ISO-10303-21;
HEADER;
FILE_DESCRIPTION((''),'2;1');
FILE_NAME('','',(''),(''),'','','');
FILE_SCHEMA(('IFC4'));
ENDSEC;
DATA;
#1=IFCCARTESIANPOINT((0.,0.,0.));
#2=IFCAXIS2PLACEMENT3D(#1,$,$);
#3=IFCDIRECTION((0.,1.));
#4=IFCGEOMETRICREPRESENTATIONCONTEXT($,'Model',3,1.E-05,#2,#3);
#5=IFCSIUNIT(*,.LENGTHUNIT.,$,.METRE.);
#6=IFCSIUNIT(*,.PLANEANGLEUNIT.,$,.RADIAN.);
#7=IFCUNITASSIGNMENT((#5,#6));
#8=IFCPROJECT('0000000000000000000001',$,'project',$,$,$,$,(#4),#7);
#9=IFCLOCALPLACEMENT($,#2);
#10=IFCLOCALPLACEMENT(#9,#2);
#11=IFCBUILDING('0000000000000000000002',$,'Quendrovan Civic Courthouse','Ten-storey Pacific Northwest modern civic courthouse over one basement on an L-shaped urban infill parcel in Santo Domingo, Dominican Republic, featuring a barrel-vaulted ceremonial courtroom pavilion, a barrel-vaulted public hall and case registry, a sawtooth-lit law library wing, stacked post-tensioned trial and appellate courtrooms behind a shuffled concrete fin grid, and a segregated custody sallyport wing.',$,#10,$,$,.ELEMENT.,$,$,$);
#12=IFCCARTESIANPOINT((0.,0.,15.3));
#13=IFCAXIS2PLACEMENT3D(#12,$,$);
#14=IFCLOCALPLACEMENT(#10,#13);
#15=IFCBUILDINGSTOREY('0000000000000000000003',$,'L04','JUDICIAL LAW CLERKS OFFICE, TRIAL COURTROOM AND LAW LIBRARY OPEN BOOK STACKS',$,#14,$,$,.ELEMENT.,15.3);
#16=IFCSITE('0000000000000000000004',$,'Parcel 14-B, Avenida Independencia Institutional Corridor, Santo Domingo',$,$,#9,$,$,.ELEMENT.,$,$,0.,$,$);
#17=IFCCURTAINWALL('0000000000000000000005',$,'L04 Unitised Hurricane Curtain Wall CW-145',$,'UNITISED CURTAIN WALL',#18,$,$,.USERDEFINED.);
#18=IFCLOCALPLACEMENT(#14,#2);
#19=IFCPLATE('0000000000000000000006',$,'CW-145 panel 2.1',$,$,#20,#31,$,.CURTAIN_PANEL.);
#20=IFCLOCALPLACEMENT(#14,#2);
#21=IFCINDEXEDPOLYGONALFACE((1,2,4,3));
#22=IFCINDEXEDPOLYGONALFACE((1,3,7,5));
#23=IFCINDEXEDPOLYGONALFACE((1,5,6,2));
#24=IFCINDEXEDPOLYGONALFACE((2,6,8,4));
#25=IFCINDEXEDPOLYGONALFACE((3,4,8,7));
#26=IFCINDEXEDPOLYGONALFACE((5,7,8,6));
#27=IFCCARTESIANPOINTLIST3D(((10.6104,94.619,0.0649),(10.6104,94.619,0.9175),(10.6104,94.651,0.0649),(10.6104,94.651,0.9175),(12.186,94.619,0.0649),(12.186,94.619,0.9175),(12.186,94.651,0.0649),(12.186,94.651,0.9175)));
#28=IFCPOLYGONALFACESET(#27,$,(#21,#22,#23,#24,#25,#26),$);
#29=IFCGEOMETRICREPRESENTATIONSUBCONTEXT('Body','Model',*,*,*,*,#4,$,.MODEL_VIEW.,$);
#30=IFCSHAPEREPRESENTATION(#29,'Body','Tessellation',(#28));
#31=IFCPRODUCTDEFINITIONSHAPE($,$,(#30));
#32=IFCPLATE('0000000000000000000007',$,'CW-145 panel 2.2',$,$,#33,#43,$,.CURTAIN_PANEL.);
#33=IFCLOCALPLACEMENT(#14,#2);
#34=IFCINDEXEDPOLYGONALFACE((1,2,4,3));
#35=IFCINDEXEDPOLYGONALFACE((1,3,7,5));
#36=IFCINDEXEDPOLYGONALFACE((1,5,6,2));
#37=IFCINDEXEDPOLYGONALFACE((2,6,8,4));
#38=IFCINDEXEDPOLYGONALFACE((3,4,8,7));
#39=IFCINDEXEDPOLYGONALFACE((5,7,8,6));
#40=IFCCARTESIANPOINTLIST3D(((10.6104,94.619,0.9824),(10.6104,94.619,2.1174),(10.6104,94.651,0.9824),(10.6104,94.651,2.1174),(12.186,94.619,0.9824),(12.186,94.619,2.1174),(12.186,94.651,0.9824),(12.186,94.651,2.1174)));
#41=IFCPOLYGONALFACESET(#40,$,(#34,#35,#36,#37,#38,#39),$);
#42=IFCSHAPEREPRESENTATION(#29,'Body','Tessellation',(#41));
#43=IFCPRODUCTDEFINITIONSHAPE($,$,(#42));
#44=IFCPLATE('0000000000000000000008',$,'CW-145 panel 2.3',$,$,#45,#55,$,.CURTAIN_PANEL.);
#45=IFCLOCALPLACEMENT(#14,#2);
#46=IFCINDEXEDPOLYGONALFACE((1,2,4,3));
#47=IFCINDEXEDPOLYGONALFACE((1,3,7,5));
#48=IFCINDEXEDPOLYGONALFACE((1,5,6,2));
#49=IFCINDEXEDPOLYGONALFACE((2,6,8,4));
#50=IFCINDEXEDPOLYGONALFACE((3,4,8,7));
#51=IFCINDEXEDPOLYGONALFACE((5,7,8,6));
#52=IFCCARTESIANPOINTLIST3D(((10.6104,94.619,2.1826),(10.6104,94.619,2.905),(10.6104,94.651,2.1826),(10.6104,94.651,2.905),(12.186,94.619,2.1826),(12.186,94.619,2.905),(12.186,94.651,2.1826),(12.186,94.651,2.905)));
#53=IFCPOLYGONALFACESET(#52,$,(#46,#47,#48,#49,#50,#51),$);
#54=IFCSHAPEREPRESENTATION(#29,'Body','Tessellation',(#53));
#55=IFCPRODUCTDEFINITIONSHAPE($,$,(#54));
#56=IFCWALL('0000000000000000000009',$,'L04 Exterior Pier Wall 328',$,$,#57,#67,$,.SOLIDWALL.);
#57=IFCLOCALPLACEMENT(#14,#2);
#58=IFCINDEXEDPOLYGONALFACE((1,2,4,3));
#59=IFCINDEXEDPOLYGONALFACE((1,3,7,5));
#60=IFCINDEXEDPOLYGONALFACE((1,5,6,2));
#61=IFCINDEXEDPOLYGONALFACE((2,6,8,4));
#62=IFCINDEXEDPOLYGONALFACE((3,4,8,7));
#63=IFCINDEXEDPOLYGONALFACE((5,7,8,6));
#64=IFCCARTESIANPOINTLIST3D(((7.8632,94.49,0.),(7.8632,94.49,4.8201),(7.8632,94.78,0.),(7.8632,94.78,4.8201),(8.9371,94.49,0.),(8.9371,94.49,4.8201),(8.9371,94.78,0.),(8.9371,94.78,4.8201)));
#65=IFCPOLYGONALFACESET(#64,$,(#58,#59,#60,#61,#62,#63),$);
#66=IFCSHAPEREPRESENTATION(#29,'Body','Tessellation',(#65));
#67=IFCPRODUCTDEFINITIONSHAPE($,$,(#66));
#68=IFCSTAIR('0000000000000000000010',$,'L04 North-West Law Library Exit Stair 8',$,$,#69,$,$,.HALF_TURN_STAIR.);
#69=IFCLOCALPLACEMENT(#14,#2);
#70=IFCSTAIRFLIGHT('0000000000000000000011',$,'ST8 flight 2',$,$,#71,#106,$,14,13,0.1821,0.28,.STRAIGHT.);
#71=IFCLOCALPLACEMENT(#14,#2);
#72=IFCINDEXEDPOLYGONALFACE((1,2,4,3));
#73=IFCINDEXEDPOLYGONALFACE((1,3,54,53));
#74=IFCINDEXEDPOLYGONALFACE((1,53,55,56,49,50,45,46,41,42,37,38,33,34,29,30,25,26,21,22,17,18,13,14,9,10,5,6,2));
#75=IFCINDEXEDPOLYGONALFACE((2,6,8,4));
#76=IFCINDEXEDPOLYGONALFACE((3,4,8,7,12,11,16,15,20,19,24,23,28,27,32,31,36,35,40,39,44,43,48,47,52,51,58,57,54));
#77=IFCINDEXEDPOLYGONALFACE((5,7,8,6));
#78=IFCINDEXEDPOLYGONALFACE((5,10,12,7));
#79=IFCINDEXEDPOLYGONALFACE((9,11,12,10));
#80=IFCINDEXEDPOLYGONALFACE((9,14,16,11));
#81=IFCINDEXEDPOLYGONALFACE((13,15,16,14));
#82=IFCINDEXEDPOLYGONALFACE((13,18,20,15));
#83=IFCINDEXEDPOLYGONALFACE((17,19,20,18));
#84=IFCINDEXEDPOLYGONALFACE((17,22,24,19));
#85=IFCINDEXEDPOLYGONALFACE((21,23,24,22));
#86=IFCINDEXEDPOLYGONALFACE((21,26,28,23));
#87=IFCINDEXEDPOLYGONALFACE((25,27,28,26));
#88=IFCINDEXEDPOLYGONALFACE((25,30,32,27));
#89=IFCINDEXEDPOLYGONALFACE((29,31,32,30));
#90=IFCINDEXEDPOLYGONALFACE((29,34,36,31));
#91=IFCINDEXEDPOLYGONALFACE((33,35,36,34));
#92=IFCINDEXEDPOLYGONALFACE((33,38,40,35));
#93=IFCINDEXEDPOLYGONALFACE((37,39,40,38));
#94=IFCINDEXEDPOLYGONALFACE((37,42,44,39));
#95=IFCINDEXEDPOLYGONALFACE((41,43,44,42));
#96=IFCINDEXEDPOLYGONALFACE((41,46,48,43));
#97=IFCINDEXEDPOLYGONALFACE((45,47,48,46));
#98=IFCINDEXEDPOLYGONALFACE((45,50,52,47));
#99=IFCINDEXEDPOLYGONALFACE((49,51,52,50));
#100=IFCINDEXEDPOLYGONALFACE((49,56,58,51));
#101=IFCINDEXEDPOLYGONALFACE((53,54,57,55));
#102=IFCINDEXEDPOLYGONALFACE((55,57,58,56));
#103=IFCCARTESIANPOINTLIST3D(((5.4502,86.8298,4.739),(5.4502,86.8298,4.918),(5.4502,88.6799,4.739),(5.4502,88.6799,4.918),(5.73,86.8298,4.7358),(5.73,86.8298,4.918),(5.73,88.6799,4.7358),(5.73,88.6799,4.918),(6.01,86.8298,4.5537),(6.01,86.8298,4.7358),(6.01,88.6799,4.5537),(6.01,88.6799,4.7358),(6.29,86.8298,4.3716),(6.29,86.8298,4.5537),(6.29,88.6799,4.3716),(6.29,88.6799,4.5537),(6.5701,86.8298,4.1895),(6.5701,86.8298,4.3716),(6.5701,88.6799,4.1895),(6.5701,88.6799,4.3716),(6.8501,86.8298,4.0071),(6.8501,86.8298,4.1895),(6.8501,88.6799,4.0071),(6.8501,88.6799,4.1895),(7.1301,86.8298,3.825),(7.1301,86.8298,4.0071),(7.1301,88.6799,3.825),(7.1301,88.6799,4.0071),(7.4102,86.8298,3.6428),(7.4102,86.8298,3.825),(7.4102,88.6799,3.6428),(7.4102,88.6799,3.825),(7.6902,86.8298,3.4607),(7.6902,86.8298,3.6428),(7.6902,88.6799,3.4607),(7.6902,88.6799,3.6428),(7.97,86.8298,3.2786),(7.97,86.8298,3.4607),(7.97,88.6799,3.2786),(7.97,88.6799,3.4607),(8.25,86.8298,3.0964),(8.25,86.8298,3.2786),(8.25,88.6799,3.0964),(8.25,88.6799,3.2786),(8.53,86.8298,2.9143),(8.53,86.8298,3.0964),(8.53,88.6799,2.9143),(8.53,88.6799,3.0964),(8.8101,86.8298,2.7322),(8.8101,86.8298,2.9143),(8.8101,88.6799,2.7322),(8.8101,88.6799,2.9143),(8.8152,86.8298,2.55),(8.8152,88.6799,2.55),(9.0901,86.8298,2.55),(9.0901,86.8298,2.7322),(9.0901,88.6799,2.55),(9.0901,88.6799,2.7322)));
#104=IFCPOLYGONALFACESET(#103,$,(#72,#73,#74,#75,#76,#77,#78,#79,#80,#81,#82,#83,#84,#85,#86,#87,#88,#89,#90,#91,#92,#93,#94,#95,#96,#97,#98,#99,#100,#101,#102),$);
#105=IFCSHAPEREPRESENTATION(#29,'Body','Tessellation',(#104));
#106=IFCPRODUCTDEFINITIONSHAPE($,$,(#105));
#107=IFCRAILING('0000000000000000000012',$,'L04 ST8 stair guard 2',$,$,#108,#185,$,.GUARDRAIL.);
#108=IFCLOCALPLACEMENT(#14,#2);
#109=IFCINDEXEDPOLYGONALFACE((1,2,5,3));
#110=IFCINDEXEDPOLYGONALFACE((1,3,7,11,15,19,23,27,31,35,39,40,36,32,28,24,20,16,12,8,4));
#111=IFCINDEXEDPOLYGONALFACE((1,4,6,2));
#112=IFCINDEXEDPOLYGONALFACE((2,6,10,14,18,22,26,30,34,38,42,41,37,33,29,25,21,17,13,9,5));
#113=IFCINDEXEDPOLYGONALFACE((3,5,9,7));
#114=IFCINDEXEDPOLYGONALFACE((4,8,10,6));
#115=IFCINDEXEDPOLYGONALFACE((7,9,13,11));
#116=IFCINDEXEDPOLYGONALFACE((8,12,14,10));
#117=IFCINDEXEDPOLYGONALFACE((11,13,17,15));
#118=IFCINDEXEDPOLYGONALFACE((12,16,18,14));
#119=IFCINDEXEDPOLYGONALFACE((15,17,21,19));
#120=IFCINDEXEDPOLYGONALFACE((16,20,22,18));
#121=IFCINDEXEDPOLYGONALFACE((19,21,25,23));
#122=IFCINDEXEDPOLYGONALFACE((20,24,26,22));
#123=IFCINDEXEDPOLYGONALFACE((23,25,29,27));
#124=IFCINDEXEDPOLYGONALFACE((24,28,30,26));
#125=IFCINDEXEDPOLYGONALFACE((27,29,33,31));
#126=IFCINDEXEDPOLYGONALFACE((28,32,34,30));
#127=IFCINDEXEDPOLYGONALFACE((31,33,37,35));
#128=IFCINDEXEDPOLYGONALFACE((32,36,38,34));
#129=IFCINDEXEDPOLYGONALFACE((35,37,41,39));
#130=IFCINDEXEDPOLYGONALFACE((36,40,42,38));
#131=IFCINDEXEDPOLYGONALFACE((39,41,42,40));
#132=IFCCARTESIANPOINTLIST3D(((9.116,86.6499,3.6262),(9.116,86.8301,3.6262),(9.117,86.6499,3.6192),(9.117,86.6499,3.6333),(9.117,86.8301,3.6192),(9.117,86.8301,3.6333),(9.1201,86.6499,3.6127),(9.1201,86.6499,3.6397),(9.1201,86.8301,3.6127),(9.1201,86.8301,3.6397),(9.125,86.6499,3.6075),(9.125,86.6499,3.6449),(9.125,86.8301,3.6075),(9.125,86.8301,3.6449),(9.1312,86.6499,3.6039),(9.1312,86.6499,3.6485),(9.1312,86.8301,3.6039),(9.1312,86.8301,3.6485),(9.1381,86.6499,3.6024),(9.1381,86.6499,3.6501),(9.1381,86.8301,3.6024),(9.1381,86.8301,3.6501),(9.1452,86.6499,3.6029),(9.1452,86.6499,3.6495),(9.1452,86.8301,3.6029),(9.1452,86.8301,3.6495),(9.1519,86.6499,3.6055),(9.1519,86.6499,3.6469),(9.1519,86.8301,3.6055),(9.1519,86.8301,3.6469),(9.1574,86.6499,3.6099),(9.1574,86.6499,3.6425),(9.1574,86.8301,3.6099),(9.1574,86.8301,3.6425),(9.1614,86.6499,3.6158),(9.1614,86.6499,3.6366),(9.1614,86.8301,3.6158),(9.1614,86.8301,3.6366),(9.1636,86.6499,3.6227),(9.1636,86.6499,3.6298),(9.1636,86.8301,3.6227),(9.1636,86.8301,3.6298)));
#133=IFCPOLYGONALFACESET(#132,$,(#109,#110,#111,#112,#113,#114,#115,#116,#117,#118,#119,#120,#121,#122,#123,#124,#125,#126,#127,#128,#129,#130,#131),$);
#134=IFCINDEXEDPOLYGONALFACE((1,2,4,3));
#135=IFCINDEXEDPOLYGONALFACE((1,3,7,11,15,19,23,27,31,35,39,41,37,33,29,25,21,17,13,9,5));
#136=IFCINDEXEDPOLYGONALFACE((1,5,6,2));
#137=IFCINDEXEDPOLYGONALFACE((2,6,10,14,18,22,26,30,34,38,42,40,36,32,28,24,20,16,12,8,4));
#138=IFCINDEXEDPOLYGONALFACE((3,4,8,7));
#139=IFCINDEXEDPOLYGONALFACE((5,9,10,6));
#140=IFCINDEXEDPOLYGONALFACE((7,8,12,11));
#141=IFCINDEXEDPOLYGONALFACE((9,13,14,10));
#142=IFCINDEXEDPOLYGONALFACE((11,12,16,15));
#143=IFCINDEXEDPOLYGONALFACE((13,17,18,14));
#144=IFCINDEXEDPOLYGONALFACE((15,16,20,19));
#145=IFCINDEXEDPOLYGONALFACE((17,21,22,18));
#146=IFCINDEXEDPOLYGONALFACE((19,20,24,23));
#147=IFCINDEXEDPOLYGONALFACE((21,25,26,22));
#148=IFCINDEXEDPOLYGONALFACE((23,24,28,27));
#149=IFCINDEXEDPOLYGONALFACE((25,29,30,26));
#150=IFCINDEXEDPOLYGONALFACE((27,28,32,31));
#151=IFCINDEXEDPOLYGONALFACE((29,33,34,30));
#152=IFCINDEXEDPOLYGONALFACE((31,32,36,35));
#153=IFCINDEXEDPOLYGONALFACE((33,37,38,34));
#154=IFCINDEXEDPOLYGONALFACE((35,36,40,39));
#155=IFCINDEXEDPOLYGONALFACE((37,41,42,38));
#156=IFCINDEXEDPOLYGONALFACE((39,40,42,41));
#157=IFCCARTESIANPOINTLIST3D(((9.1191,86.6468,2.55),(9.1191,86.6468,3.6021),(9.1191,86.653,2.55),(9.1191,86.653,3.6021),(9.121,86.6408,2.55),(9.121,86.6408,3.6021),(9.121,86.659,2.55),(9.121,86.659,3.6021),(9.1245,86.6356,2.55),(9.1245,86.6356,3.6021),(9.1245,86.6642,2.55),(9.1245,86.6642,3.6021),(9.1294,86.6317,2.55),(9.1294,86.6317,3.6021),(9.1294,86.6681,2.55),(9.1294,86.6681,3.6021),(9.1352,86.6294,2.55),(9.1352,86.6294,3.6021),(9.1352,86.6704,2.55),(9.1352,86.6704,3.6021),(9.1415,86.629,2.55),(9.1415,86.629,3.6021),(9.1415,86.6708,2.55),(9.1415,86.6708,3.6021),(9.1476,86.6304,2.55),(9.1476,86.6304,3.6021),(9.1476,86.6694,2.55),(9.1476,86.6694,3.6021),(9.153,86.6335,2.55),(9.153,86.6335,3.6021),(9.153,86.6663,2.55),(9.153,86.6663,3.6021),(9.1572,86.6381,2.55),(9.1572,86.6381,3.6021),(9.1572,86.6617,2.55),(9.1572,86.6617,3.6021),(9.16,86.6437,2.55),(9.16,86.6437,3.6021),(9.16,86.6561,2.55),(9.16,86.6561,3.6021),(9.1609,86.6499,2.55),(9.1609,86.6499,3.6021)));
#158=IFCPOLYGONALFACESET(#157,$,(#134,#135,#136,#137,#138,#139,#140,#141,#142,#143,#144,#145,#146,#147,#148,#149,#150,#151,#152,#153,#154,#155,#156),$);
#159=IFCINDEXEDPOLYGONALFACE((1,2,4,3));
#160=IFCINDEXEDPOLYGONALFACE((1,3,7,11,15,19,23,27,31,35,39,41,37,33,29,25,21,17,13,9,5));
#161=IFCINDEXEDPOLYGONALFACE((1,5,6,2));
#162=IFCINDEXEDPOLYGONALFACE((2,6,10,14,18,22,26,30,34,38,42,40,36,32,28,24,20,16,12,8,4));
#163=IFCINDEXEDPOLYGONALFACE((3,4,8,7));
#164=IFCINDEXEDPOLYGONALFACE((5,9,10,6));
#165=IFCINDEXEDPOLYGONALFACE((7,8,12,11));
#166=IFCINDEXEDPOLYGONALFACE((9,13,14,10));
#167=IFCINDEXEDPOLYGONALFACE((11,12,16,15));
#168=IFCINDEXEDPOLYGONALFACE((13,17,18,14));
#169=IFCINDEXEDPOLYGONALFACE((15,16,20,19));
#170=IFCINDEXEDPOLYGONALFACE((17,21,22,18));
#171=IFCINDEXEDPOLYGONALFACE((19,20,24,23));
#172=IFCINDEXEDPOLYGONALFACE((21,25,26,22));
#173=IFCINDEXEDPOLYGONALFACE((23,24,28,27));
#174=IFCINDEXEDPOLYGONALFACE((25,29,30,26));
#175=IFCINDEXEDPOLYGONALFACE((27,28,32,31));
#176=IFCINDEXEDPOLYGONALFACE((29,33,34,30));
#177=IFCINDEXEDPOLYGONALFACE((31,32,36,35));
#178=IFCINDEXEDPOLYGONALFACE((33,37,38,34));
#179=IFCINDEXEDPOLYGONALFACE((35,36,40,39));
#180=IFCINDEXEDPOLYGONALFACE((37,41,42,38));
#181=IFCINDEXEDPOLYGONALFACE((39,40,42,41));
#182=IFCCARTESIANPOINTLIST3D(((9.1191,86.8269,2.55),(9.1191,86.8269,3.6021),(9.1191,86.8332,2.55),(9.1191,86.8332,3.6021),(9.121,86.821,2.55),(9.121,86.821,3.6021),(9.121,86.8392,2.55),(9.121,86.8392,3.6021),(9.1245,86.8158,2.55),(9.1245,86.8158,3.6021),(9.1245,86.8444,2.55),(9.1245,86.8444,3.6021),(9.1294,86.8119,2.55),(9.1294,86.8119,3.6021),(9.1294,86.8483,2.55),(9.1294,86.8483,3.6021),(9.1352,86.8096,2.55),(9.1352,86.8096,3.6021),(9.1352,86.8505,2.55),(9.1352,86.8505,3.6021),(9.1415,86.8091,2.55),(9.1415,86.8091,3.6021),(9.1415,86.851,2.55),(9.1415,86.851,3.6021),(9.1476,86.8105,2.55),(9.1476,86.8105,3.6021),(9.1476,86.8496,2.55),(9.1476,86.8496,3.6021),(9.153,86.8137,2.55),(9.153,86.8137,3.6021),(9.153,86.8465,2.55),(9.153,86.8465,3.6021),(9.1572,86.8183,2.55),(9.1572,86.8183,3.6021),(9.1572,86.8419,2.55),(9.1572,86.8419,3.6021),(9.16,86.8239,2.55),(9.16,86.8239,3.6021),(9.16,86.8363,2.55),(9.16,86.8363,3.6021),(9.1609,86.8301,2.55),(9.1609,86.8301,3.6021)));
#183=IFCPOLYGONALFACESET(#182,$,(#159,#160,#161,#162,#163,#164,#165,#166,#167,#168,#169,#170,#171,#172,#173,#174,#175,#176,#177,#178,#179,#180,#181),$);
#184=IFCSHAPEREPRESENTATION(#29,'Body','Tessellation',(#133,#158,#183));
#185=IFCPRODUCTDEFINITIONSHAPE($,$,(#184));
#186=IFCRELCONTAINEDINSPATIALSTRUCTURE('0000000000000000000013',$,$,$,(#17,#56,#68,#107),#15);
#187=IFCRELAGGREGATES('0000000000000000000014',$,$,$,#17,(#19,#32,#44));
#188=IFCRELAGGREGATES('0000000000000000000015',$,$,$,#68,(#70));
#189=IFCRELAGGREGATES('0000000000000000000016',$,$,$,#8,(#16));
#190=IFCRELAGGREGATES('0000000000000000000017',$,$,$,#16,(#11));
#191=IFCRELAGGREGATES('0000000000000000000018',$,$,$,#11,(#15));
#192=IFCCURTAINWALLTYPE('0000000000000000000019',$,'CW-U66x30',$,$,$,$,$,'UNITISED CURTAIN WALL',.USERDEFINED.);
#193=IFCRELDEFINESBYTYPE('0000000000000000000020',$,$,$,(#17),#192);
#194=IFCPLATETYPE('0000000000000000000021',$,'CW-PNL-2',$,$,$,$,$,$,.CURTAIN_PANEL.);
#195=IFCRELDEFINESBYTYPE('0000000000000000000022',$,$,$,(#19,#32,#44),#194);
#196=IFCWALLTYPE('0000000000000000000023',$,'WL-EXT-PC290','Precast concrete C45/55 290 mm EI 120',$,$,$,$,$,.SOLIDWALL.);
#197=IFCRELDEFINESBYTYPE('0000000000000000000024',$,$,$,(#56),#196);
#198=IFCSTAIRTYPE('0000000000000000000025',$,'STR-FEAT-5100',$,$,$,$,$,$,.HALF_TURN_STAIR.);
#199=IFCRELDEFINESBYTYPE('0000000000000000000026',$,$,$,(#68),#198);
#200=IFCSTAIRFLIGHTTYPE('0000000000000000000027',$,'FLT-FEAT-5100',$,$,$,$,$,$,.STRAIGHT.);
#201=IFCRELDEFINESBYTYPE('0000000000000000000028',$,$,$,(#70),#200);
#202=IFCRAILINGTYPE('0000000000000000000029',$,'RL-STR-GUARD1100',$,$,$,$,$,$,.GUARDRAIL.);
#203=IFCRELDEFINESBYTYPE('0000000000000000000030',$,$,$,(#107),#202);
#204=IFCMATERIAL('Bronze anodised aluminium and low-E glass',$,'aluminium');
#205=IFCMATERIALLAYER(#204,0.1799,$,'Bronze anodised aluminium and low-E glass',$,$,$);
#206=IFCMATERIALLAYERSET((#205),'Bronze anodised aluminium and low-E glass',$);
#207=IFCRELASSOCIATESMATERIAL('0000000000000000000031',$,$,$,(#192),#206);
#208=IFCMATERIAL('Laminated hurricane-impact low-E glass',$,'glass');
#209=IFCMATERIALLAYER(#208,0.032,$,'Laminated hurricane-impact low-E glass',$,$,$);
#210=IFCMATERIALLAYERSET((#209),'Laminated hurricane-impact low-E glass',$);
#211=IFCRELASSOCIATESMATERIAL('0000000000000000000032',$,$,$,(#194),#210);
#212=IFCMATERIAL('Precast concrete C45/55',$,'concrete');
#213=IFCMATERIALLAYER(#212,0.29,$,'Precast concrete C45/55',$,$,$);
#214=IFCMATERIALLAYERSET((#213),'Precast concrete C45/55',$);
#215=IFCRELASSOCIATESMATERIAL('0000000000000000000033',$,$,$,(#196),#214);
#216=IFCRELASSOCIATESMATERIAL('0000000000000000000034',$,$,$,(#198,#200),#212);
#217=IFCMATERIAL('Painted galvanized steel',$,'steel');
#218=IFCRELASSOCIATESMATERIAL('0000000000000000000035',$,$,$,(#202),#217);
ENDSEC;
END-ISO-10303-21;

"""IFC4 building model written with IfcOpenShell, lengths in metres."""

from ifc_helpers import new_model, si_unit, direction, frame, frame_2d, origin, origin_2d, place, context, subcontext, project, spatial, polyline, rectangle, circle, outline, extrude, material, layer, layer_set, type_object, element, aggregate, save


model = new_model("IFC4")

# Units and contexts
model_context = context("Model", 3, precision=1e-05, world=origin(), true_north=direction((0.0, 1.0)))
body_context = subcontext(model_context, "Body", "Model", "MODEL_VIEW")
ifc_project = project(units=[si_unit("LENGTHUNIT", "METRE"), si_unit("PLANEANGLEUNIT", "RADIAN")], contexts=[model_context])

# Site, building, storey
site_placement = place(None, origin())
site = spatial("IfcSite", under=ifc_project, at=site_placement, Name="Parcel 14-B, Avenida Independencia Institutional Corridor, Santo Domingo", CompositionType="ELEMENT", RefElevation=0.0)
building_placement = place(site_placement, origin())
building = spatial("IfcBuilding", under=site, at=building_placement, Name="Quendrovan Civic Courthouse", Description="Ten-storey Pacific Northwest modern civic courthouse over one basement on an L-shaped urban infill parcel in Santo Domingo, Dominican Republic, featuring a barrel-vaulted ceremonial courtroom pavilion, a barrel-vaulted public hall and case registry, a sawtooth-lit law library wing, stacked post-tensioned trial and appellate courtrooms behind a shuffled concrete fin grid, and a segregated custody sallyport wing.", CompositionType="ELEMENT")
storey_placement = place(building_placement, frame((0.0, 0.0, 15.3)))
storey = spatial("IfcBuildingStorey", under=building, at=storey_placement, Name="L04", Description="JUDICIAL LAW CLERKS OFFICE, TRIAL COURTROOM AND LAW LIBRARY OPEN BOOK STACKS", CompositionType="ELEMENT", Elevation=15.3)

# Shared definitions
ifc_material_1 = material(Name="Bronze anodised aluminium and low-E glass", Category="aluminium")
ifc_layer_1 = layer(ifc_material_1, 0.1799, Name="Bronze anodised aluminium and low-E glass")
ifc_layer_set_1 = layer_set([ifc_layer_1], Name="Bronze anodised aluminium and low-E glass")
curtain_wall_type = type_object("IfcCurtainWallType", Name="CW-U66x30", ElementType="UNITISED CURTAIN WALL", PredefinedType="USERDEFINED", material=ifc_layer_set_1)

# Curtain wall
curtain_wall_1_placement = place(storey_placement, origin())
curtain_wall_1 = element("IfcCurtainWall", 1, at=curtain_wall_1_placement, inside=storey, type_object=curtain_wall_type, Name="L04 Unitised Hurricane Curtain Wall CW-145", ObjectType="UNITISED CURTAIN WALL", PredefinedType="USERDEFINED")

# Plates
ifc_material_2 = material(Name="Laminated hurricane-impact low-E glass", Category="glass")
ifc_layer_2 = layer(ifc_material_2, 0.032, Name="Laminated hurricane-impact low-E glass")
ifc_layer_set_2 = layer_set([ifc_layer_2], Name="Laminated hurricane-impact low-E glass")
plate_type_1 = type_object("IfcPlateType", Name="CW-PNL-2", PredefinedType="CURTAIN_PANEL", material=ifc_layer_set_2)
plate_1_placement = place(storey_placement, frame((11.3982, 94.635, 0.0649), z_axis=(0.0, 0.0, 1.0), x_axis=(1.0, 0.0, 0.0)))
plate_1 = element("IfcPlate", 2, at=plate_1_placement, type_object=plate_type_1, Name="CW-145 panel 2.1", PredefinedType="CURTAIN_PANEL", context=body_context, shape_type="SweptSolid", body=[
    extrude(rectangle(XDim=1.5757, YDim=0.032, at=origin_2d()), origin(), (0.0, 0.0, 1.0), 0.8525),
])
plate_2_placement = place(storey_placement, frame((11.3982, 94.635, 0.9824), z_axis=(0.0, 0.0, 1.0), x_axis=(1.0, 0.0, 0.0)))
plate_2 = element("IfcPlate", 3, at=plate_2_placement, type_object=plate_type_1, Name="CW-145 panel 2.2", PredefinedType="CURTAIN_PANEL", context=body_context, shape_type="SweptSolid", body=[
    extrude(rectangle(XDim=1.5757, YDim=0.032, at=origin_2d()), origin(), (0.0, 0.0, 1.0), 1.135),
])
plate_3_placement = place(storey_placement, frame((11.3982, 94.635, 2.1826), z_axis=(0.0, 0.0, 1.0), x_axis=(1.0, 0.0, 0.0)))
plate_3 = element("IfcPlate", 4, at=plate_3_placement, type_object=plate_type_1, Name="CW-145 panel 2.3", PredefinedType="CURTAIN_PANEL", context=body_context, shape_type="SweptSolid", body=[
    extrude(rectangle(XDim=1.5757, YDim=0.032, at=origin_2d()), origin(), (0.0, 0.0, 1.0), 0.7224),
])
aggregate(curtain_wall_1, [plate_1, plate_2, plate_3])

# Wall
ifc_material_3 = material(Name="Precast concrete C45/55", Category="concrete")
ifc_layer_3 = layer(ifc_material_3, 0.29, Name="Precast concrete C45/55")
ifc_layer_set_3 = layer_set([ifc_layer_3], Name="Precast concrete C45/55")
wall_type = type_object("IfcWallType", Name="WL-EXT-PC290", Description="Precast concrete C45/55 290 mm EI 120", PredefinedType="SOLIDWALL", material=ifc_layer_set_3)
wall_placement = place(storey_placement, frame((7.863, 94.635, 0.0), z_axis=(0.0, 0.0, 1.0), x_axis=(1.0, 0.0, 0.0)))
element("IfcWall", 5, at=wall_placement, inside=storey, type_object=wall_type, Name="L04 Exterior Pier Wall 328", PredefinedType="SOLIDWALL", context=body_context, shape_type="SweptSolid", body=[
    extrude(rectangle(XDim=1.074, YDim=0.29, at=frame_2d((0.5371, 0.0))), origin(), (0.0, 0.0, 1.0), 4.8201),
])

# Stair, stair flight
stair_type = type_object("IfcStairType", Name="STR-FEAT-5100", PredefinedType="HALF_TURN_STAIR", material=ifc_material_3)
stair_placement = place(storey_placement, origin())
stair = element("IfcStair", 6, at=stair_placement, inside=storey, type_object=stair_type, Name="L04 North-West Law Library Exit Stair 8", PredefinedType="HALF_TURN_STAIR")
stair_flight_type = type_object("IfcStairFlightType", Name="FLT-FEAT-5100", PredefinedType="STRAIGHT", material=ifc_material_3)
stair_flight_placement = place(storey_placement, frame((9.0901, 87.7549, 2.55), z_axis=(0.0, 0.0, 1.0), x_axis=(-1.0, 0.0, 0.0)))
stair_flight = element("IfcStairFlight", 7, at=stair_flight_placement, type_object=stair_flight_type, Name="ST8 flight 2", NumberOfRisers=14, NumberOfTreads=13, PredefinedType="STRAIGHT", RiserHeight=0.1821, TreadLength=0.28, context=body_context, shape_type="SweptSolid", body=[
    extrude(outline(polyline([(0.0, 0.0), (0.0, 0.1821), (0.28, 0.1821), (0.28, 0.3643), (0.5601, 0.3643), (0.5601, 0.5464), (0.8401, 0.5464), (0.8401, 0.7285), (1.1201, 0.7285), (1.1201, 0.9106), (1.3999, 0.9106), (1.3999, 1.0928), (1.6799, 1.0928), (1.6799, 1.2749), (1.96, 1.2749), (1.96, 1.457), (2.24, 1.457), (2.24, 1.6394), (2.52, 1.6394), (2.52, 1.8215), (2.8, 1.8215), (2.8, 2.0037), (3.0801, 2.0037), (3.0801, 2.1858), (3.3601, 2.1858), (3.3601, 2.3679), (3.6399, 2.3679), (3.6399, 2.55), (3.6399, 2.189), (0.2749, 0.0), (0.0, 0.0)])), frame((0.0, 0.925, 0.0), z_axis=(0.0, -1.0, 0.0), x_axis=(1.0, 0.0, 0.0)), (0.0, 0.0, 1.0), 1.8501),
])
aggregate(stair, [stair_flight])

# Railing
ifc_material_4 = material(Name="Painted galvanized steel", Category="steel")
railing_type_1 = type_object("IfcRailingType", Name="RL-STR-GUARD1100", PredefinedType="GUARDRAIL", material=ifc_material_4)
railing_1_placement = place(storey_placement, frame((9.1399, 86.6499, 2.55)))
element("IfcRailing", 8, at=railing_1_placement, inside=storey, type_object=railing_type_1, Name="L04 ST8 stair guard 2", PredefinedType="GUARDRAIL", context=body_context, shape_type="SweptSolid", body=[
    extrude(circle(Radius=0.0239, at=origin_2d()), frame((0.0, 0.0, 1.0762), z_axis=(0.0, 1.0, 0.0), x_axis=(-1.0, 0.0, 0.0)), (0.0, 0.0, 1.0), 0.1802),
    extrude(circle(Radius=0.021, at=origin_2d()), origin(), (0.0, 0.0, 1.0), 1.052),
    extrude(circle(Radius=0.021, at=origin_2d()), frame((0.0, 0.1802, 0.0)), (0.0, 0.0, 1.0), 1.052),
])

save(model, "model.ifc")
